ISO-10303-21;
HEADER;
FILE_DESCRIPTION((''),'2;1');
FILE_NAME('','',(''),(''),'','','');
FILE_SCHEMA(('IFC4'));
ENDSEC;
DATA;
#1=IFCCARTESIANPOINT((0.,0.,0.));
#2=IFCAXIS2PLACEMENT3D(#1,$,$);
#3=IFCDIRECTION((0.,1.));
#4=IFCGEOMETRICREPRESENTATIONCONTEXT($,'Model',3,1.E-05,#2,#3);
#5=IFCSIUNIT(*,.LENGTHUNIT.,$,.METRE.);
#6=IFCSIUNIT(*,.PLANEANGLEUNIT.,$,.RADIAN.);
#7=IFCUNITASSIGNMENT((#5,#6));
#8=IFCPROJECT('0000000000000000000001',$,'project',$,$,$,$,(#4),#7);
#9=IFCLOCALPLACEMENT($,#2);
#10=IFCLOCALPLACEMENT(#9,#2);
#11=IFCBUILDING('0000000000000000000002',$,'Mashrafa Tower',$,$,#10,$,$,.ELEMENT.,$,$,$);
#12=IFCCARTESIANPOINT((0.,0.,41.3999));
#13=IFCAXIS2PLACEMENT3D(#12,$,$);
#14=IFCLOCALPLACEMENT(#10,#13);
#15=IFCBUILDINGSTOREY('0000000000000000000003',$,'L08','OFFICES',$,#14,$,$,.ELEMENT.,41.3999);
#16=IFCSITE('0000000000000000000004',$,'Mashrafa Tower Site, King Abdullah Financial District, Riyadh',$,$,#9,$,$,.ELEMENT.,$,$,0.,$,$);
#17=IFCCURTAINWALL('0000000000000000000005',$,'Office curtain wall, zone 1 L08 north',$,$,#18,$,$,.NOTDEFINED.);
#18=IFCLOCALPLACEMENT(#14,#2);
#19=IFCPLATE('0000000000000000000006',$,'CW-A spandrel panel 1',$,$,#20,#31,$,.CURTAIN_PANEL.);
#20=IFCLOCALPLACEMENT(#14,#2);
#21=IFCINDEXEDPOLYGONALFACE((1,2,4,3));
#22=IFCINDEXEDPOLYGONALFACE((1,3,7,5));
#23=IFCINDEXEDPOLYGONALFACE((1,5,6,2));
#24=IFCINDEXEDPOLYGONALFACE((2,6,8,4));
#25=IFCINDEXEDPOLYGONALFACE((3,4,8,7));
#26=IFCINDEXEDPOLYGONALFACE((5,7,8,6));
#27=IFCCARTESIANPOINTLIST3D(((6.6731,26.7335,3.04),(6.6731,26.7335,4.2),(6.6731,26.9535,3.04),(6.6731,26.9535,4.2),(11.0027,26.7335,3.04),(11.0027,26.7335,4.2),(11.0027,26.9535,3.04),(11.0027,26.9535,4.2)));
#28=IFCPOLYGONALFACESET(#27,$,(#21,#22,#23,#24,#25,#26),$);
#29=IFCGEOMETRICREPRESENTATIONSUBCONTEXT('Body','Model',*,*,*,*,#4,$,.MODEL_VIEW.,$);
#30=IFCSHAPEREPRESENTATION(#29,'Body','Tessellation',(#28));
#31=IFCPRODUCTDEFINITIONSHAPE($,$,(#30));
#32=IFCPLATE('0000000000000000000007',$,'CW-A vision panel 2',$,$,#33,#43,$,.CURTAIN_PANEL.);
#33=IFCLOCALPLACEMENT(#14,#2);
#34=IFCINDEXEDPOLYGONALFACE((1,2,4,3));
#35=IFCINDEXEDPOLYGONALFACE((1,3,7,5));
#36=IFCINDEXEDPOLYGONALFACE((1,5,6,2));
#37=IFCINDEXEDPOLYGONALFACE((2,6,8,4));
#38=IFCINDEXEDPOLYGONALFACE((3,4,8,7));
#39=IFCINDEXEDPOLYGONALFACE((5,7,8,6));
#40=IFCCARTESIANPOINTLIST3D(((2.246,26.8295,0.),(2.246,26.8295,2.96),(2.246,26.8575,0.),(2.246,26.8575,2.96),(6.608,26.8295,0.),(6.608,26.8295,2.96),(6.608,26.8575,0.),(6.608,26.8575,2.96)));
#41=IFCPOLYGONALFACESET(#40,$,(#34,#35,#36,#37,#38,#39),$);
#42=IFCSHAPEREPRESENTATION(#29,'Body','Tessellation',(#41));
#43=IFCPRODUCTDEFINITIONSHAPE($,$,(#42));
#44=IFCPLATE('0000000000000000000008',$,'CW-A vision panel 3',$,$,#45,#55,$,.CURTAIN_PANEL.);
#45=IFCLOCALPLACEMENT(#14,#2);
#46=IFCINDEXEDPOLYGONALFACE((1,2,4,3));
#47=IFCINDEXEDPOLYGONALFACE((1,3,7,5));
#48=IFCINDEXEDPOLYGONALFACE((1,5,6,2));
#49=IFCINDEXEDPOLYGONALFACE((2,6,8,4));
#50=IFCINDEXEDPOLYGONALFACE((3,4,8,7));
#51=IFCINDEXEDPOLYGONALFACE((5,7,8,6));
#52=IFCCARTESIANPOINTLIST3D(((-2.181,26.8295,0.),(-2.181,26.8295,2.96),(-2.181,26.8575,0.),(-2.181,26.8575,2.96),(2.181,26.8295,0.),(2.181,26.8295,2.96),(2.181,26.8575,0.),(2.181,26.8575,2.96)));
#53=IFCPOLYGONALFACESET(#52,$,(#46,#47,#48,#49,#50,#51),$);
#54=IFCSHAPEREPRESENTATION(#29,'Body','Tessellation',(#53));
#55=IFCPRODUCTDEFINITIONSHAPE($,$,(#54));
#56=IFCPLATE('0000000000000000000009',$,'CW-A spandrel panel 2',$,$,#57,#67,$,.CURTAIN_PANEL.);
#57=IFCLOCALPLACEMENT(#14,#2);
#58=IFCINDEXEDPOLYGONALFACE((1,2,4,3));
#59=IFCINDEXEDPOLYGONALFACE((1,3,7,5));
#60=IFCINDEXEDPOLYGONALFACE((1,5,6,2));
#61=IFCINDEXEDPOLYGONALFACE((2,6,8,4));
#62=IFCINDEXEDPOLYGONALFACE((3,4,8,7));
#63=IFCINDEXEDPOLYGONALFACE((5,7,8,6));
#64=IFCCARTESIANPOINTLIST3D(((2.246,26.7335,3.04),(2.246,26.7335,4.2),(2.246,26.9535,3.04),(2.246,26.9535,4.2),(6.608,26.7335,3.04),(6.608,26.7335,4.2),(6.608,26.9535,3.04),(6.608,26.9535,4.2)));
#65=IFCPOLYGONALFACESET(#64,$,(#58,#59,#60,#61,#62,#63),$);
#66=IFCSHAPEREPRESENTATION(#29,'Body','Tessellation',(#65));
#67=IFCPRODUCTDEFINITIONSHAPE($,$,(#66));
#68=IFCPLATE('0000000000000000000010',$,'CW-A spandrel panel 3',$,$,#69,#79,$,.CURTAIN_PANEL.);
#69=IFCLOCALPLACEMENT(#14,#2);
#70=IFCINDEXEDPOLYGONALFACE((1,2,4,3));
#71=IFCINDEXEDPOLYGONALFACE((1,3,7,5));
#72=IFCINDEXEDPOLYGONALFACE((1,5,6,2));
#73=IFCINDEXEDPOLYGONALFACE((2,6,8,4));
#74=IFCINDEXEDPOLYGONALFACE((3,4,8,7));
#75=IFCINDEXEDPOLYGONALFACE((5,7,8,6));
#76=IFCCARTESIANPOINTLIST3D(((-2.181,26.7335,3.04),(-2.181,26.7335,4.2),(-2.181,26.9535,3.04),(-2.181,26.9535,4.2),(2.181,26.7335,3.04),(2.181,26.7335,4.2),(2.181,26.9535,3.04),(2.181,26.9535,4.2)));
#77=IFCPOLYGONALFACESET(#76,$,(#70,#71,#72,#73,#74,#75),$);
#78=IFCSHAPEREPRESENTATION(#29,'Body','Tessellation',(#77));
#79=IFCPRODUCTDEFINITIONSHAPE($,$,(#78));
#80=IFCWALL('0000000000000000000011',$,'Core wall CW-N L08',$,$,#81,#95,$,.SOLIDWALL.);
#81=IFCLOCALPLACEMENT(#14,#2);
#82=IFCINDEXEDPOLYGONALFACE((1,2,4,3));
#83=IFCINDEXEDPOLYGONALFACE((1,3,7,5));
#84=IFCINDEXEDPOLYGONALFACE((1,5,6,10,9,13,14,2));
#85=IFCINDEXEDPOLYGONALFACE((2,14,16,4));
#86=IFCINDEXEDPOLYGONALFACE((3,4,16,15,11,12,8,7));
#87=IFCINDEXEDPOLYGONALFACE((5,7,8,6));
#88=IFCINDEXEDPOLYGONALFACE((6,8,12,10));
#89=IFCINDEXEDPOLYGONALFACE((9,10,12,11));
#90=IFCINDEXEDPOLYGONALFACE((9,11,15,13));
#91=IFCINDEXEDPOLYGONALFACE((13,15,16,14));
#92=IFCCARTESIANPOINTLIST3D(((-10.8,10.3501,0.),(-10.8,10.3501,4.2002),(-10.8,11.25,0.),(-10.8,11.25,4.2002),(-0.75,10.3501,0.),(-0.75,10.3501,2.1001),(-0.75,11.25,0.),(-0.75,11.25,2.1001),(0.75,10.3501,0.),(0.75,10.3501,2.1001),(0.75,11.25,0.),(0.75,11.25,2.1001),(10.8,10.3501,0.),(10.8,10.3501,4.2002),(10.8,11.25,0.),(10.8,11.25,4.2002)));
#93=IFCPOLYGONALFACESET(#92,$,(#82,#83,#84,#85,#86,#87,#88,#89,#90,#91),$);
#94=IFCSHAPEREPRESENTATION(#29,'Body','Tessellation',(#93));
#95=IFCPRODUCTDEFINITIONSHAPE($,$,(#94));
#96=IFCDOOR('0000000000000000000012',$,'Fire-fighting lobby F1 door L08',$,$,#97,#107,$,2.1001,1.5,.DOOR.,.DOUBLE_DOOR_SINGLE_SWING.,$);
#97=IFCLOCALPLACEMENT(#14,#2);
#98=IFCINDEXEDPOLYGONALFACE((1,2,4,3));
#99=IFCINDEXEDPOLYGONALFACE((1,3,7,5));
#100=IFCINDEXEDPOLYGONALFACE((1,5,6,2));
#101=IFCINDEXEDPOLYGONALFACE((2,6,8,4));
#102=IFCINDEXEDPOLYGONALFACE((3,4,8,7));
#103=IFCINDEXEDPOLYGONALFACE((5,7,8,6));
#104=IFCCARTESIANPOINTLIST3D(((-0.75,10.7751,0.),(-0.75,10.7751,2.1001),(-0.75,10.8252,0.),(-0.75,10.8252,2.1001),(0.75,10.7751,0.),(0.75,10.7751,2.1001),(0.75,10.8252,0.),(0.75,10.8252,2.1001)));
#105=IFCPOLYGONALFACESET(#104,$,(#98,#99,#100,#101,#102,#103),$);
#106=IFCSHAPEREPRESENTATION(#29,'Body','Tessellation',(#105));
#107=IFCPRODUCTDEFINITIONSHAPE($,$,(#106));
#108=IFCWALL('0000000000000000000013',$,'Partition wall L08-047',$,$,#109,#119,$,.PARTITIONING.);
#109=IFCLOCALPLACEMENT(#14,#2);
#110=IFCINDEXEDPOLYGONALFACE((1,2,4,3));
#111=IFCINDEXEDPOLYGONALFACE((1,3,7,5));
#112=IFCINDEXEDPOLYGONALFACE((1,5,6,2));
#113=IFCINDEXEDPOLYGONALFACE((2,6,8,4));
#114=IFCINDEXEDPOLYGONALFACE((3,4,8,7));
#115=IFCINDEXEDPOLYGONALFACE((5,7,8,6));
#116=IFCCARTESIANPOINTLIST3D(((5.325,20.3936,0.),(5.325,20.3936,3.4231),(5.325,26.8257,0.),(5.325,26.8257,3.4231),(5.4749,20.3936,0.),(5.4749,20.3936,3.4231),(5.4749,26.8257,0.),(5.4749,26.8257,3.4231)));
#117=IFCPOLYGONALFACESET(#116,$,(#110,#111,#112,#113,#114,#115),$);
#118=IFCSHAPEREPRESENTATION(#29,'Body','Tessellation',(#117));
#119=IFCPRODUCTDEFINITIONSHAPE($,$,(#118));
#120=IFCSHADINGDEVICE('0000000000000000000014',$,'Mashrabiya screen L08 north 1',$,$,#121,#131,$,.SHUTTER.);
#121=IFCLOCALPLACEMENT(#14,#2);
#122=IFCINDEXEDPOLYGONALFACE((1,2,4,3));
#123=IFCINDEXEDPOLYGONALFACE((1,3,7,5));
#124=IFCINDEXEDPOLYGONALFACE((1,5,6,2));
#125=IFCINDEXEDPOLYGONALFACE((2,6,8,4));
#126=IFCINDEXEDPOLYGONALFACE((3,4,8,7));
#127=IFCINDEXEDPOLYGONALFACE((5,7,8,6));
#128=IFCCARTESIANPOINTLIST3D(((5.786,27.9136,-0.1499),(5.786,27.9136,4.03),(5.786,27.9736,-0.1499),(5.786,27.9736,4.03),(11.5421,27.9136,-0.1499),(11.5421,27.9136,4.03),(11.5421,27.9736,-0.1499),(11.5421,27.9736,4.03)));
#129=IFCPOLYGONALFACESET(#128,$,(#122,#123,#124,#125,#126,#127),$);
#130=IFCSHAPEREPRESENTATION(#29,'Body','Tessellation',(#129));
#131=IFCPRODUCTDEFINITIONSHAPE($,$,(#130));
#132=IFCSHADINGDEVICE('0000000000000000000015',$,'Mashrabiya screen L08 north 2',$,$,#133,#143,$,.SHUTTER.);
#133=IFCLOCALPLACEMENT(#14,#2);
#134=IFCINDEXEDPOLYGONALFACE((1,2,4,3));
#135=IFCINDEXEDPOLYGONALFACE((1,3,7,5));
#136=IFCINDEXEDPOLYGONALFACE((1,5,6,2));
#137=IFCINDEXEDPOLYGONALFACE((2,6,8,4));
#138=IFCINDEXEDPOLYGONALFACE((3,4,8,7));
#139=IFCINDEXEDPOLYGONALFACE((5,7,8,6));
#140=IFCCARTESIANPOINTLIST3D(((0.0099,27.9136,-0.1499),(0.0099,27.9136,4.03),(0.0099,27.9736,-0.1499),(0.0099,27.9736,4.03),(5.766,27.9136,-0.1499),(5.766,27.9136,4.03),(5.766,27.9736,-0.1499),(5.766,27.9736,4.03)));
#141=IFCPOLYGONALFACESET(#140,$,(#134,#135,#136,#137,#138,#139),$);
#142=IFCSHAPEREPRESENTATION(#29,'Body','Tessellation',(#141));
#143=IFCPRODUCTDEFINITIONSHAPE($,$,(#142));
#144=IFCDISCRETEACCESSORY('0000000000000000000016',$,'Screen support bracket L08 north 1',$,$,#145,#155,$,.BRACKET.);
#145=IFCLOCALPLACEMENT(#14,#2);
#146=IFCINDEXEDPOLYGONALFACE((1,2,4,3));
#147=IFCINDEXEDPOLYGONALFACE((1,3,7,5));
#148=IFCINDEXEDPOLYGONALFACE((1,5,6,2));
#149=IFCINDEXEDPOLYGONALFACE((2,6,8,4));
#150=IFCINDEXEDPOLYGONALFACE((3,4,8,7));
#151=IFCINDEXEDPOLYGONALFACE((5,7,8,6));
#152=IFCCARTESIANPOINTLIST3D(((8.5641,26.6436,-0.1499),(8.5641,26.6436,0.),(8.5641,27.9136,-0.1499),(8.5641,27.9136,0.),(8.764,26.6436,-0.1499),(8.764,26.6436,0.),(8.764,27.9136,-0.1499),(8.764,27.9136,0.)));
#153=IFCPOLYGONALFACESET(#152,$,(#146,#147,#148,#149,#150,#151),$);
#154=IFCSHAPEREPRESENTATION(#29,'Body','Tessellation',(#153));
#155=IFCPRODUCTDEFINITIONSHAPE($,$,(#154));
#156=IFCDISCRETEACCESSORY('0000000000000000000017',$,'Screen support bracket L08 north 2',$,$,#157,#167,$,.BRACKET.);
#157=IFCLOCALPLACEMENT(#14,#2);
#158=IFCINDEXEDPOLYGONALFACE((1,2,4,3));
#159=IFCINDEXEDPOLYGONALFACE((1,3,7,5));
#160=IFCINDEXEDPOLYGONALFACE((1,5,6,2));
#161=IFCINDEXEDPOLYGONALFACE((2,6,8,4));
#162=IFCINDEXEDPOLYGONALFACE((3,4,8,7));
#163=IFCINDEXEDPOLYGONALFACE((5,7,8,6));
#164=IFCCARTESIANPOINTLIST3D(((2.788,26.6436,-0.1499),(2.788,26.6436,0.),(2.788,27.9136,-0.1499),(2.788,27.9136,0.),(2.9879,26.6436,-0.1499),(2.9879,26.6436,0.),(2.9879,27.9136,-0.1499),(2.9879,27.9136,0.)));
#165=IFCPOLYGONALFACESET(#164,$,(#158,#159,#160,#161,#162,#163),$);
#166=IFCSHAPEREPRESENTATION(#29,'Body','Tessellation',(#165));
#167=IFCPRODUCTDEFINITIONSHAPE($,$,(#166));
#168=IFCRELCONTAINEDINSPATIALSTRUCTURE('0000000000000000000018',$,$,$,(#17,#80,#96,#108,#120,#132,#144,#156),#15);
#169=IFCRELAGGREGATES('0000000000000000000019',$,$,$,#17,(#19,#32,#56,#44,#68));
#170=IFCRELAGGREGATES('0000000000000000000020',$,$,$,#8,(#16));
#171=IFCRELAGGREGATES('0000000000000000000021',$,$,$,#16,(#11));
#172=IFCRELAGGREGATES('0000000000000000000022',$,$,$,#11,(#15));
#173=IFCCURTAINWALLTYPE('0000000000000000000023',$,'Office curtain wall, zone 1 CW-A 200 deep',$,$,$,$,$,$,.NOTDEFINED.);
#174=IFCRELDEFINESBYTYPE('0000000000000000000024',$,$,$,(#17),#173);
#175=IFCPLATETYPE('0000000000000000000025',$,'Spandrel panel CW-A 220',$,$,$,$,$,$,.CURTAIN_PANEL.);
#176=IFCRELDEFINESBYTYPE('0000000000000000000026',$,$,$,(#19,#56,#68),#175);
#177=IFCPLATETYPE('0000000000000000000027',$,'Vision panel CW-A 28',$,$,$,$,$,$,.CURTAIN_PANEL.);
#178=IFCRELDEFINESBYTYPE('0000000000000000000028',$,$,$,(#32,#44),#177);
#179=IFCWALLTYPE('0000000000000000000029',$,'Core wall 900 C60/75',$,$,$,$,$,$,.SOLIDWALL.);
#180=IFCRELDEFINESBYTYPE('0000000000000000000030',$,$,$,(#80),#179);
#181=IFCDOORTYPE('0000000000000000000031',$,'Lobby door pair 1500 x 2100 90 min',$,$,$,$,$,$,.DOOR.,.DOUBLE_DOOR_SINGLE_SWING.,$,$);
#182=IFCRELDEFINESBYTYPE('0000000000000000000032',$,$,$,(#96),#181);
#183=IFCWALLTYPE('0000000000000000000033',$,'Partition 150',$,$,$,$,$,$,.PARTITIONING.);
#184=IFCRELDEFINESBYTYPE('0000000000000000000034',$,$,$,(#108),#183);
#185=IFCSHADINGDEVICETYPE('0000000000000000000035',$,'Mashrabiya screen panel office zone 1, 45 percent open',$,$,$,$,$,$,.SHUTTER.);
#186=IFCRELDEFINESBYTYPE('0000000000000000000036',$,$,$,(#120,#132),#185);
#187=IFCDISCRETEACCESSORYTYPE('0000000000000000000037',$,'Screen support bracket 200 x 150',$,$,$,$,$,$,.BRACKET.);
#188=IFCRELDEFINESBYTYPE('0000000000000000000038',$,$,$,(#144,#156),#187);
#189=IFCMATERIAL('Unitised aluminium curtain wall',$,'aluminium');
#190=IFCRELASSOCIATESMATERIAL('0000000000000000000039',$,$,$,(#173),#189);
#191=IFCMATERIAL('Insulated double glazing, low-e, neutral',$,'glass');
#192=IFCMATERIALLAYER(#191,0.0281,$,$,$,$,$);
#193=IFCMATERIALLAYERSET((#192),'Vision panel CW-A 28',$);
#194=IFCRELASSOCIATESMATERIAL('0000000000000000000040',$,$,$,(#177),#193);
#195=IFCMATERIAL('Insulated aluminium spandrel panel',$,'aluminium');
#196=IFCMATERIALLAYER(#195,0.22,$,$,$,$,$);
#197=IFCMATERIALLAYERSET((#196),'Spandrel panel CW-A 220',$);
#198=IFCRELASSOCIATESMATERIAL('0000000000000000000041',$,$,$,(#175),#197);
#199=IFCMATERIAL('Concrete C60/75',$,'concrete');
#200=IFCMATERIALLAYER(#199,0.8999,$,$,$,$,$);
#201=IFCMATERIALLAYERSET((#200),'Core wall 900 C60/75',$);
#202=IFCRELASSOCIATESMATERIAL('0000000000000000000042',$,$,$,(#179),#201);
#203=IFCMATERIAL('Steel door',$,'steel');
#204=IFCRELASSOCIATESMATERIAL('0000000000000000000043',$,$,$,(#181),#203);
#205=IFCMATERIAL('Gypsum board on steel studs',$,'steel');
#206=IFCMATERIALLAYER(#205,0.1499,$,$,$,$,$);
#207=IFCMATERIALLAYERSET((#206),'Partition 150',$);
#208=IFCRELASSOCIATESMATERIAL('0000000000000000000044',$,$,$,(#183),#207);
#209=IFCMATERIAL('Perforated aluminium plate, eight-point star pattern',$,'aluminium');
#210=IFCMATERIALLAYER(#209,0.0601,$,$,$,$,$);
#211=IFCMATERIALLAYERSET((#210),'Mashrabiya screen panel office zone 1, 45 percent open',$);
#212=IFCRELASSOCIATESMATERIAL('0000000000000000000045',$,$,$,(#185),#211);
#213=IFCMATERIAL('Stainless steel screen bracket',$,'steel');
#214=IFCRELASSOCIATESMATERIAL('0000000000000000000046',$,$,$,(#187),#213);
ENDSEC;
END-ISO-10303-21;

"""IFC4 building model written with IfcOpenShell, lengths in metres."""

from ifc_helpers import new_model, si_unit, direction, frame, frame_2d, origin, origin_2d, place, context, subcontext, project, spatial, rectangle, extrude, source, transform, mapped, material, layer, layer_set, type_object, type_shapes, element, fill, aggregate, save


model = new_model("IFC4")

# Units and contexts
model_context = context("Model", 3, precision=1e-05, world=origin(), true_north=direction((0.0, 1.0)))
body_context = subcontext(model_context, "Body", "Model", "MODEL_VIEW")
ifc_project = project(units=[si_unit("LENGTHUNIT", "METRE"), si_unit("PLANEANGLEUNIT", "RADIAN")], contexts=[model_context])

# Site, building, storey
site_placement = place(None, origin())
site = spatial("IfcSite", under=ifc_project, at=site_placement, Name="Mashrafa Tower Site, King Abdullah Financial District, Riyadh", CompositionType="ELEMENT", RefElevation=0.0)
building_placement = place(site_placement, origin())
building = spatial("IfcBuilding", under=site, at=building_placement, Name="Mashrafa Tower", CompositionType="ELEMENT")
storey_placement = place(building_placement, frame((0.0, 0.0, 41.3999)))
storey = spatial("IfcBuildingStorey", under=building, at=storey_placement, Name="L08", Description="OFFICES", CompositionType="ELEMENT", Elevation=41.3999)

# Curtain wall, plates
ifc_material_1 = material(Name="Unitised aluminium curtain wall", Category="aluminium")
curtain_wall_type = type_object("IfcCurtainWallType", Name="Office curtain wall, zone 1 CW-A 200 deep", PredefinedType="NOTDEFINED", material=ifc_material_1)
curtain_wall_placement = place(storey_placement, origin())
curtain_wall = element("IfcCurtainWall", 1, at=curtain_wall_placement, inside=storey, type_object=curtain_wall_type, Name="Office curtain wall, zone 1 L08 north", PredefinedType="NOTDEFINED")
ifc_material_2 = material(Name="Insulated double glazing, low-e, neutral", Category="glass")
ifc_layer_1 = layer(ifc_material_2, 0.0281)
ifc_layer_set_1 = layer_set([ifc_layer_1], Name="Vision panel CW-A 28")
plate_type_1 = type_object("IfcPlateType", Name="Vision panel CW-A 28", PredefinedType="CURTAIN_PANEL", material=ifc_layer_set_1)
ifc_material_3 = material(Name="Insulated aluminium spandrel panel", Category="aluminium")
ifc_layer_2 = layer(ifc_material_3, 0.22)
ifc_layer_set_2 = layer_set([ifc_layer_2], Name="Spandrel panel CW-A 220")
plate_type_2 = type_object("IfcPlateType", Name="Spandrel panel CW-A 220", PredefinedType="CURTAIN_PANEL", material=ifc_layer_set_2)
shared_shape_1 = source(origin(), body_context, "Body", "SweptSolid", [
    extrude(rectangle(XDim=4.3296, YDim=0.22, at=origin_2d()), origin(), (0.0, 0.0, 1.0), 1.1599),
])
plate_1_placement = place(storey_placement, frame((8.8379, 26.8435, 3.04), z_axis=(0.0, 0.0, 1.0), x_axis=(-1.0, 0.0, 0.0)))
plate_1 = element("IfcPlate", 2, at=plate_1_placement, type_object=plate_type_2, Name="CW-A spandrel panel 1", PredefinedType="CURTAIN_PANEL", context=body_context, shape_type="MappedRepresentation", body=[
    mapped(shared_shape_1, transform((0.0, 0.0, 0.0))),
])
shared_shape_2 = source(origin(), body_context, "Body", "SweptSolid", [
    extrude(rectangle(XDim=4.3621, YDim=0.0281, at=origin_2d()), origin(), (0.0, 0.0, 1.0), 2.96),
])
plate_2_placement = place(storey_placement, frame((4.427, 26.8435, 0.0), z_axis=(0.0, 0.0, 1.0), x_axis=(-1.0, 0.0, 0.0)))
plate_2 = element("IfcPlate", 3, at=plate_2_placement, type_object=plate_type_1, Name="CW-A vision panel 2", PredefinedType="CURTAIN_PANEL", context=body_context, shape_type="MappedRepresentation", body=[
    mapped(shared_shape_2, transform((0.0, 0.0, 0.0))),
])
plate_3_placement = place(storey_placement, frame((0.0, 26.8435, 0.0), z_axis=(0.0, 0.0, 1.0), x_axis=(-1.0, 0.0, 0.0)))
plate_3 = element("IfcPlate", 4, at=plate_3_placement, type_object=plate_type_1, Name="CW-A vision panel 3", PredefinedType="CURTAIN_PANEL", context=body_context, shape_type="MappedRepresentation", body=[
    mapped(shared_shape_2, transform((0.0, 0.0, 0.0))),
])
shared_shape_3 = source(origin(), body_context, "Body", "SweptSolid", [
    extrude(rectangle(XDim=4.3621, YDim=0.22, at=origin_2d()), origin(), (0.0, 0.0, 1.0), 1.1599),
])
type_shapes(plate_type_2, [shared_shape_1, shared_shape_3])
plate_4_placement = place(storey_placement, frame((4.427, 26.8435, 3.04), z_axis=(0.0, 0.0, 1.0), x_axis=(-1.0, 0.0, 0.0)))
plate_4 = element("IfcPlate", 5, at=plate_4_placement, type_object=plate_type_2, Name="CW-A spandrel panel 2", PredefinedType="CURTAIN_PANEL", context=body_context, shape_type="MappedRepresentation", body=[
    mapped(shared_shape_3, transform((0.0, 0.0, 0.0))),
])
plate_5_placement = place(storey_placement, frame((0.0, 26.8435, 3.04), z_axis=(0.0, 0.0, 1.0), x_axis=(-1.0, 0.0, 0.0)))
plate_5 = element("IfcPlate", 6, at=plate_5_placement, type_object=plate_type_2, Name="CW-A spandrel panel 3", PredefinedType="CURTAIN_PANEL", context=body_context, shape_type="MappedRepresentation", body=[
    mapped(shared_shape_3, transform((0.0, 0.0, 0.0))),
])
aggregate(curtain_wall, [plate_1, plate_2, plate_4, plate_3, plate_5])

# Wall, opening, door
ifc_material_4 = material(Name="Concrete C60/75", Category="concrete")
ifc_layer_3 = layer(ifc_material_4, 0.8999)
ifc_layer_set_3 = layer_set([ifc_layer_3], Name="Core wall 900 C60/75")
wall_type_1 = type_object("IfcWallType", Name="Core wall 900 C60/75", PredefinedType="SOLIDWALL", material=ifc_layer_set_3)
wall_1_placement = place(storey_placement, frame((10.8, 10.8, 0.0), z_axis=(0.0, 0.0, 1.0), x_axis=(-1.0, 0.0, 0.0)))
wall_1 = element("IfcWall", 7, at=wall_1_placement, inside=storey, type_object=wall_type_1, Name="Core wall CW-N L08", PredefinedType="SOLIDWALL", context=body_context, shape_type="SweptSolid", body=[
    extrude(rectangle(XDim=21.6001, YDim=0.8999, at=frame_2d((10.8, 0.0))), origin(), (0.0, 0.0, 1.0), 4.2002),
])
opening_placement = place(wall_1_placement, frame((10.05, 0.0, 0.0)))
opening = element("IfcOpeningElement", 8, at=opening_placement, cuts=wall_1, PredefinedType="OPENING", context=body_context, shape_type="SweptSolid", body=[
    extrude(rectangle(XDim=1.5, YDim=2.1001, at=frame_2d((0.75, 1.05))), frame((0.0, 0.46, 0.0), z_axis=(0.0, -1.0, 0.0), x_axis=(1.0, 0.0, 0.0)), (0.0, 0.0, 1.0), 0.9199),
])
ifc_material_5 = material(Name="Steel door", Category="steel")
door_type = type_object("IfcDoorType", Name="Lobby door pair 1500 x 2100 90 min", OperationType="DOUBLE_DOOR_SINGLE_SWING", PredefinedType="DOOR", material=ifc_material_5)
door_placement = place(opening_placement, origin())
door = element("IfcDoor", 9, at=door_placement, inside=storey, type_object=door_type, Name="Fire-fighting lobby F1 door L08", OperationType="DOUBLE_DOOR_SINGLE_SWING", OverallHeight=2.1001, OverallWidth=1.5, PredefinedType="DOOR", context=body_context, shape_type="SweptSolid", body=[
    extrude(rectangle(XDim=1.5, YDim=2.1001, at=frame_2d((0.75, 1.05))), frame((0.0, 0.0249, 0.0), z_axis=(0.0, -1.0, 0.0), x_axis=(1.0, 0.0, 0.0)), (0.0, 0.0, 1.0), 0.05),
])
fill(opening, door)

# Wall
ifc_material_6 = material(Name="Gypsum board on steel studs", Category="steel")
ifc_layer_4 = layer(ifc_material_6, 0.1499)
ifc_layer_set_4 = layer_set([ifc_layer_4], Name="Partition 150")
wall_type_2 = type_object("IfcWallType", Name="Partition 150", PredefinedType="PARTITIONING", material=ifc_layer_set_4)
wall_2_placement = place(storey_placement, frame((5.3999, 20.3936, 0.0), z_axis=(0.0, 0.0, 1.0), x_axis=(0.0, 1.0, 0.0)))
element("IfcWall", 10, at=wall_2_placement, inside=storey, type_object=wall_type_2, Name="Partition wall L08-047", PredefinedType="PARTITIONING", context=body_context, shape_type="SweptSolid", body=[
    extrude(rectangle(XDim=6.4321, YDim=0.1499, at=frame_2d((3.2161, 0.0))), origin(), (0.0, 0.0, 1.0), 3.4231),
])

# Shading devices
ifc_material_7 = material(Name="Perforated aluminium plate, eight-point star pattern", Category="aluminium")
ifc_layer_5 = layer(ifc_material_7, 0.0601)
ifc_layer_set_5 = layer_set([ifc_layer_5], Name="Mashrabiya screen panel office zone 1, 45 percent open")
shading_device_type = type_object("IfcShadingDeviceType", Name="Mashrabiya screen panel office zone 1, 45 percent open", PredefinedType="SHUTTER", material=ifc_layer_set_5)
shared_shape_4 = source(origin(), body_context, "Body", "SweptSolid", [
    extrude(rectangle(XDim=5.7561, YDim=0.0601, at=origin_2d()), origin(), (0.0, 0.0, 1.0), 4.1799),
])
type_shapes(shading_device_type, [shared_shape_4])
for number, where, z_axis, x_axis, name in (
    (11, (8.6641, 27.9436, -0.1499), (0.0, 0.0, 1.0), (-1.0, 0.0, 0.0), "Mashrabiya screen L08 north 1"),
    (12, (2.8879, 27.9436, -0.1499), (0.0, 0.0, 1.0), (-1.0, 0.0, 0.0), "Mashrabiya screen L08 north 2"),
):
    element("IfcShadingDevice", number, at=place(storey_placement, frame(where, z_axis=z_axis, x_axis=x_axis)), inside=storey, type_object=shading_device_type, Name=name, PredefinedType="SHUTTER", context=body_context, shape_type="MappedRepresentation", body=[
        mapped(shared_shape_4, transform((0.0, 0.0, 0.0))),
    ])

# Discrete accessories
ifc_material_8 = material(Name="Stainless steel screen bracket", Category="steel")
discrete_accessory_type = type_object("IfcDiscreteAccessoryType", Name="Screen support bracket 200 x 150", PredefinedType="BRACKET", material=ifc_material_8)
shared_shape_5 = source(origin(), body_context, "Body", "SweptSolid", [
    extrude(rectangle(XDim=0.2, YDim=1.27, at=origin_2d()), origin(), (0.0, 0.0, 1.0), 0.1499),
])
type_shapes(discrete_accessory_type, [shared_shape_5])
for number, where, z_axis, x_axis, name in (
    (13, (8.6641, 27.2786, -0.1499), (0.0, 0.0, 1.0), (-1.0, 0.0, 0.0), "Screen support bracket L08 north 1"),
    (14, (2.8879, 27.2786, -0.1499), (0.0, 0.0, 1.0), (-1.0, 0.0, 0.0), "Screen support bracket L08 north 2"),
):
    element("IfcDiscreteAccessory", number, at=place(storey_placement, frame(where, z_axis=z_axis, x_axis=x_axis)), inside=storey, type_object=discrete_accessory_type, Name=name, PredefinedType="BRACKET", context=body_context, shape_type="MappedRepresentation", body=[
        mapped(shared_shape_5, transform((0.0, 0.0, 0.0))),
    ])

save(model, "model.ifc")
